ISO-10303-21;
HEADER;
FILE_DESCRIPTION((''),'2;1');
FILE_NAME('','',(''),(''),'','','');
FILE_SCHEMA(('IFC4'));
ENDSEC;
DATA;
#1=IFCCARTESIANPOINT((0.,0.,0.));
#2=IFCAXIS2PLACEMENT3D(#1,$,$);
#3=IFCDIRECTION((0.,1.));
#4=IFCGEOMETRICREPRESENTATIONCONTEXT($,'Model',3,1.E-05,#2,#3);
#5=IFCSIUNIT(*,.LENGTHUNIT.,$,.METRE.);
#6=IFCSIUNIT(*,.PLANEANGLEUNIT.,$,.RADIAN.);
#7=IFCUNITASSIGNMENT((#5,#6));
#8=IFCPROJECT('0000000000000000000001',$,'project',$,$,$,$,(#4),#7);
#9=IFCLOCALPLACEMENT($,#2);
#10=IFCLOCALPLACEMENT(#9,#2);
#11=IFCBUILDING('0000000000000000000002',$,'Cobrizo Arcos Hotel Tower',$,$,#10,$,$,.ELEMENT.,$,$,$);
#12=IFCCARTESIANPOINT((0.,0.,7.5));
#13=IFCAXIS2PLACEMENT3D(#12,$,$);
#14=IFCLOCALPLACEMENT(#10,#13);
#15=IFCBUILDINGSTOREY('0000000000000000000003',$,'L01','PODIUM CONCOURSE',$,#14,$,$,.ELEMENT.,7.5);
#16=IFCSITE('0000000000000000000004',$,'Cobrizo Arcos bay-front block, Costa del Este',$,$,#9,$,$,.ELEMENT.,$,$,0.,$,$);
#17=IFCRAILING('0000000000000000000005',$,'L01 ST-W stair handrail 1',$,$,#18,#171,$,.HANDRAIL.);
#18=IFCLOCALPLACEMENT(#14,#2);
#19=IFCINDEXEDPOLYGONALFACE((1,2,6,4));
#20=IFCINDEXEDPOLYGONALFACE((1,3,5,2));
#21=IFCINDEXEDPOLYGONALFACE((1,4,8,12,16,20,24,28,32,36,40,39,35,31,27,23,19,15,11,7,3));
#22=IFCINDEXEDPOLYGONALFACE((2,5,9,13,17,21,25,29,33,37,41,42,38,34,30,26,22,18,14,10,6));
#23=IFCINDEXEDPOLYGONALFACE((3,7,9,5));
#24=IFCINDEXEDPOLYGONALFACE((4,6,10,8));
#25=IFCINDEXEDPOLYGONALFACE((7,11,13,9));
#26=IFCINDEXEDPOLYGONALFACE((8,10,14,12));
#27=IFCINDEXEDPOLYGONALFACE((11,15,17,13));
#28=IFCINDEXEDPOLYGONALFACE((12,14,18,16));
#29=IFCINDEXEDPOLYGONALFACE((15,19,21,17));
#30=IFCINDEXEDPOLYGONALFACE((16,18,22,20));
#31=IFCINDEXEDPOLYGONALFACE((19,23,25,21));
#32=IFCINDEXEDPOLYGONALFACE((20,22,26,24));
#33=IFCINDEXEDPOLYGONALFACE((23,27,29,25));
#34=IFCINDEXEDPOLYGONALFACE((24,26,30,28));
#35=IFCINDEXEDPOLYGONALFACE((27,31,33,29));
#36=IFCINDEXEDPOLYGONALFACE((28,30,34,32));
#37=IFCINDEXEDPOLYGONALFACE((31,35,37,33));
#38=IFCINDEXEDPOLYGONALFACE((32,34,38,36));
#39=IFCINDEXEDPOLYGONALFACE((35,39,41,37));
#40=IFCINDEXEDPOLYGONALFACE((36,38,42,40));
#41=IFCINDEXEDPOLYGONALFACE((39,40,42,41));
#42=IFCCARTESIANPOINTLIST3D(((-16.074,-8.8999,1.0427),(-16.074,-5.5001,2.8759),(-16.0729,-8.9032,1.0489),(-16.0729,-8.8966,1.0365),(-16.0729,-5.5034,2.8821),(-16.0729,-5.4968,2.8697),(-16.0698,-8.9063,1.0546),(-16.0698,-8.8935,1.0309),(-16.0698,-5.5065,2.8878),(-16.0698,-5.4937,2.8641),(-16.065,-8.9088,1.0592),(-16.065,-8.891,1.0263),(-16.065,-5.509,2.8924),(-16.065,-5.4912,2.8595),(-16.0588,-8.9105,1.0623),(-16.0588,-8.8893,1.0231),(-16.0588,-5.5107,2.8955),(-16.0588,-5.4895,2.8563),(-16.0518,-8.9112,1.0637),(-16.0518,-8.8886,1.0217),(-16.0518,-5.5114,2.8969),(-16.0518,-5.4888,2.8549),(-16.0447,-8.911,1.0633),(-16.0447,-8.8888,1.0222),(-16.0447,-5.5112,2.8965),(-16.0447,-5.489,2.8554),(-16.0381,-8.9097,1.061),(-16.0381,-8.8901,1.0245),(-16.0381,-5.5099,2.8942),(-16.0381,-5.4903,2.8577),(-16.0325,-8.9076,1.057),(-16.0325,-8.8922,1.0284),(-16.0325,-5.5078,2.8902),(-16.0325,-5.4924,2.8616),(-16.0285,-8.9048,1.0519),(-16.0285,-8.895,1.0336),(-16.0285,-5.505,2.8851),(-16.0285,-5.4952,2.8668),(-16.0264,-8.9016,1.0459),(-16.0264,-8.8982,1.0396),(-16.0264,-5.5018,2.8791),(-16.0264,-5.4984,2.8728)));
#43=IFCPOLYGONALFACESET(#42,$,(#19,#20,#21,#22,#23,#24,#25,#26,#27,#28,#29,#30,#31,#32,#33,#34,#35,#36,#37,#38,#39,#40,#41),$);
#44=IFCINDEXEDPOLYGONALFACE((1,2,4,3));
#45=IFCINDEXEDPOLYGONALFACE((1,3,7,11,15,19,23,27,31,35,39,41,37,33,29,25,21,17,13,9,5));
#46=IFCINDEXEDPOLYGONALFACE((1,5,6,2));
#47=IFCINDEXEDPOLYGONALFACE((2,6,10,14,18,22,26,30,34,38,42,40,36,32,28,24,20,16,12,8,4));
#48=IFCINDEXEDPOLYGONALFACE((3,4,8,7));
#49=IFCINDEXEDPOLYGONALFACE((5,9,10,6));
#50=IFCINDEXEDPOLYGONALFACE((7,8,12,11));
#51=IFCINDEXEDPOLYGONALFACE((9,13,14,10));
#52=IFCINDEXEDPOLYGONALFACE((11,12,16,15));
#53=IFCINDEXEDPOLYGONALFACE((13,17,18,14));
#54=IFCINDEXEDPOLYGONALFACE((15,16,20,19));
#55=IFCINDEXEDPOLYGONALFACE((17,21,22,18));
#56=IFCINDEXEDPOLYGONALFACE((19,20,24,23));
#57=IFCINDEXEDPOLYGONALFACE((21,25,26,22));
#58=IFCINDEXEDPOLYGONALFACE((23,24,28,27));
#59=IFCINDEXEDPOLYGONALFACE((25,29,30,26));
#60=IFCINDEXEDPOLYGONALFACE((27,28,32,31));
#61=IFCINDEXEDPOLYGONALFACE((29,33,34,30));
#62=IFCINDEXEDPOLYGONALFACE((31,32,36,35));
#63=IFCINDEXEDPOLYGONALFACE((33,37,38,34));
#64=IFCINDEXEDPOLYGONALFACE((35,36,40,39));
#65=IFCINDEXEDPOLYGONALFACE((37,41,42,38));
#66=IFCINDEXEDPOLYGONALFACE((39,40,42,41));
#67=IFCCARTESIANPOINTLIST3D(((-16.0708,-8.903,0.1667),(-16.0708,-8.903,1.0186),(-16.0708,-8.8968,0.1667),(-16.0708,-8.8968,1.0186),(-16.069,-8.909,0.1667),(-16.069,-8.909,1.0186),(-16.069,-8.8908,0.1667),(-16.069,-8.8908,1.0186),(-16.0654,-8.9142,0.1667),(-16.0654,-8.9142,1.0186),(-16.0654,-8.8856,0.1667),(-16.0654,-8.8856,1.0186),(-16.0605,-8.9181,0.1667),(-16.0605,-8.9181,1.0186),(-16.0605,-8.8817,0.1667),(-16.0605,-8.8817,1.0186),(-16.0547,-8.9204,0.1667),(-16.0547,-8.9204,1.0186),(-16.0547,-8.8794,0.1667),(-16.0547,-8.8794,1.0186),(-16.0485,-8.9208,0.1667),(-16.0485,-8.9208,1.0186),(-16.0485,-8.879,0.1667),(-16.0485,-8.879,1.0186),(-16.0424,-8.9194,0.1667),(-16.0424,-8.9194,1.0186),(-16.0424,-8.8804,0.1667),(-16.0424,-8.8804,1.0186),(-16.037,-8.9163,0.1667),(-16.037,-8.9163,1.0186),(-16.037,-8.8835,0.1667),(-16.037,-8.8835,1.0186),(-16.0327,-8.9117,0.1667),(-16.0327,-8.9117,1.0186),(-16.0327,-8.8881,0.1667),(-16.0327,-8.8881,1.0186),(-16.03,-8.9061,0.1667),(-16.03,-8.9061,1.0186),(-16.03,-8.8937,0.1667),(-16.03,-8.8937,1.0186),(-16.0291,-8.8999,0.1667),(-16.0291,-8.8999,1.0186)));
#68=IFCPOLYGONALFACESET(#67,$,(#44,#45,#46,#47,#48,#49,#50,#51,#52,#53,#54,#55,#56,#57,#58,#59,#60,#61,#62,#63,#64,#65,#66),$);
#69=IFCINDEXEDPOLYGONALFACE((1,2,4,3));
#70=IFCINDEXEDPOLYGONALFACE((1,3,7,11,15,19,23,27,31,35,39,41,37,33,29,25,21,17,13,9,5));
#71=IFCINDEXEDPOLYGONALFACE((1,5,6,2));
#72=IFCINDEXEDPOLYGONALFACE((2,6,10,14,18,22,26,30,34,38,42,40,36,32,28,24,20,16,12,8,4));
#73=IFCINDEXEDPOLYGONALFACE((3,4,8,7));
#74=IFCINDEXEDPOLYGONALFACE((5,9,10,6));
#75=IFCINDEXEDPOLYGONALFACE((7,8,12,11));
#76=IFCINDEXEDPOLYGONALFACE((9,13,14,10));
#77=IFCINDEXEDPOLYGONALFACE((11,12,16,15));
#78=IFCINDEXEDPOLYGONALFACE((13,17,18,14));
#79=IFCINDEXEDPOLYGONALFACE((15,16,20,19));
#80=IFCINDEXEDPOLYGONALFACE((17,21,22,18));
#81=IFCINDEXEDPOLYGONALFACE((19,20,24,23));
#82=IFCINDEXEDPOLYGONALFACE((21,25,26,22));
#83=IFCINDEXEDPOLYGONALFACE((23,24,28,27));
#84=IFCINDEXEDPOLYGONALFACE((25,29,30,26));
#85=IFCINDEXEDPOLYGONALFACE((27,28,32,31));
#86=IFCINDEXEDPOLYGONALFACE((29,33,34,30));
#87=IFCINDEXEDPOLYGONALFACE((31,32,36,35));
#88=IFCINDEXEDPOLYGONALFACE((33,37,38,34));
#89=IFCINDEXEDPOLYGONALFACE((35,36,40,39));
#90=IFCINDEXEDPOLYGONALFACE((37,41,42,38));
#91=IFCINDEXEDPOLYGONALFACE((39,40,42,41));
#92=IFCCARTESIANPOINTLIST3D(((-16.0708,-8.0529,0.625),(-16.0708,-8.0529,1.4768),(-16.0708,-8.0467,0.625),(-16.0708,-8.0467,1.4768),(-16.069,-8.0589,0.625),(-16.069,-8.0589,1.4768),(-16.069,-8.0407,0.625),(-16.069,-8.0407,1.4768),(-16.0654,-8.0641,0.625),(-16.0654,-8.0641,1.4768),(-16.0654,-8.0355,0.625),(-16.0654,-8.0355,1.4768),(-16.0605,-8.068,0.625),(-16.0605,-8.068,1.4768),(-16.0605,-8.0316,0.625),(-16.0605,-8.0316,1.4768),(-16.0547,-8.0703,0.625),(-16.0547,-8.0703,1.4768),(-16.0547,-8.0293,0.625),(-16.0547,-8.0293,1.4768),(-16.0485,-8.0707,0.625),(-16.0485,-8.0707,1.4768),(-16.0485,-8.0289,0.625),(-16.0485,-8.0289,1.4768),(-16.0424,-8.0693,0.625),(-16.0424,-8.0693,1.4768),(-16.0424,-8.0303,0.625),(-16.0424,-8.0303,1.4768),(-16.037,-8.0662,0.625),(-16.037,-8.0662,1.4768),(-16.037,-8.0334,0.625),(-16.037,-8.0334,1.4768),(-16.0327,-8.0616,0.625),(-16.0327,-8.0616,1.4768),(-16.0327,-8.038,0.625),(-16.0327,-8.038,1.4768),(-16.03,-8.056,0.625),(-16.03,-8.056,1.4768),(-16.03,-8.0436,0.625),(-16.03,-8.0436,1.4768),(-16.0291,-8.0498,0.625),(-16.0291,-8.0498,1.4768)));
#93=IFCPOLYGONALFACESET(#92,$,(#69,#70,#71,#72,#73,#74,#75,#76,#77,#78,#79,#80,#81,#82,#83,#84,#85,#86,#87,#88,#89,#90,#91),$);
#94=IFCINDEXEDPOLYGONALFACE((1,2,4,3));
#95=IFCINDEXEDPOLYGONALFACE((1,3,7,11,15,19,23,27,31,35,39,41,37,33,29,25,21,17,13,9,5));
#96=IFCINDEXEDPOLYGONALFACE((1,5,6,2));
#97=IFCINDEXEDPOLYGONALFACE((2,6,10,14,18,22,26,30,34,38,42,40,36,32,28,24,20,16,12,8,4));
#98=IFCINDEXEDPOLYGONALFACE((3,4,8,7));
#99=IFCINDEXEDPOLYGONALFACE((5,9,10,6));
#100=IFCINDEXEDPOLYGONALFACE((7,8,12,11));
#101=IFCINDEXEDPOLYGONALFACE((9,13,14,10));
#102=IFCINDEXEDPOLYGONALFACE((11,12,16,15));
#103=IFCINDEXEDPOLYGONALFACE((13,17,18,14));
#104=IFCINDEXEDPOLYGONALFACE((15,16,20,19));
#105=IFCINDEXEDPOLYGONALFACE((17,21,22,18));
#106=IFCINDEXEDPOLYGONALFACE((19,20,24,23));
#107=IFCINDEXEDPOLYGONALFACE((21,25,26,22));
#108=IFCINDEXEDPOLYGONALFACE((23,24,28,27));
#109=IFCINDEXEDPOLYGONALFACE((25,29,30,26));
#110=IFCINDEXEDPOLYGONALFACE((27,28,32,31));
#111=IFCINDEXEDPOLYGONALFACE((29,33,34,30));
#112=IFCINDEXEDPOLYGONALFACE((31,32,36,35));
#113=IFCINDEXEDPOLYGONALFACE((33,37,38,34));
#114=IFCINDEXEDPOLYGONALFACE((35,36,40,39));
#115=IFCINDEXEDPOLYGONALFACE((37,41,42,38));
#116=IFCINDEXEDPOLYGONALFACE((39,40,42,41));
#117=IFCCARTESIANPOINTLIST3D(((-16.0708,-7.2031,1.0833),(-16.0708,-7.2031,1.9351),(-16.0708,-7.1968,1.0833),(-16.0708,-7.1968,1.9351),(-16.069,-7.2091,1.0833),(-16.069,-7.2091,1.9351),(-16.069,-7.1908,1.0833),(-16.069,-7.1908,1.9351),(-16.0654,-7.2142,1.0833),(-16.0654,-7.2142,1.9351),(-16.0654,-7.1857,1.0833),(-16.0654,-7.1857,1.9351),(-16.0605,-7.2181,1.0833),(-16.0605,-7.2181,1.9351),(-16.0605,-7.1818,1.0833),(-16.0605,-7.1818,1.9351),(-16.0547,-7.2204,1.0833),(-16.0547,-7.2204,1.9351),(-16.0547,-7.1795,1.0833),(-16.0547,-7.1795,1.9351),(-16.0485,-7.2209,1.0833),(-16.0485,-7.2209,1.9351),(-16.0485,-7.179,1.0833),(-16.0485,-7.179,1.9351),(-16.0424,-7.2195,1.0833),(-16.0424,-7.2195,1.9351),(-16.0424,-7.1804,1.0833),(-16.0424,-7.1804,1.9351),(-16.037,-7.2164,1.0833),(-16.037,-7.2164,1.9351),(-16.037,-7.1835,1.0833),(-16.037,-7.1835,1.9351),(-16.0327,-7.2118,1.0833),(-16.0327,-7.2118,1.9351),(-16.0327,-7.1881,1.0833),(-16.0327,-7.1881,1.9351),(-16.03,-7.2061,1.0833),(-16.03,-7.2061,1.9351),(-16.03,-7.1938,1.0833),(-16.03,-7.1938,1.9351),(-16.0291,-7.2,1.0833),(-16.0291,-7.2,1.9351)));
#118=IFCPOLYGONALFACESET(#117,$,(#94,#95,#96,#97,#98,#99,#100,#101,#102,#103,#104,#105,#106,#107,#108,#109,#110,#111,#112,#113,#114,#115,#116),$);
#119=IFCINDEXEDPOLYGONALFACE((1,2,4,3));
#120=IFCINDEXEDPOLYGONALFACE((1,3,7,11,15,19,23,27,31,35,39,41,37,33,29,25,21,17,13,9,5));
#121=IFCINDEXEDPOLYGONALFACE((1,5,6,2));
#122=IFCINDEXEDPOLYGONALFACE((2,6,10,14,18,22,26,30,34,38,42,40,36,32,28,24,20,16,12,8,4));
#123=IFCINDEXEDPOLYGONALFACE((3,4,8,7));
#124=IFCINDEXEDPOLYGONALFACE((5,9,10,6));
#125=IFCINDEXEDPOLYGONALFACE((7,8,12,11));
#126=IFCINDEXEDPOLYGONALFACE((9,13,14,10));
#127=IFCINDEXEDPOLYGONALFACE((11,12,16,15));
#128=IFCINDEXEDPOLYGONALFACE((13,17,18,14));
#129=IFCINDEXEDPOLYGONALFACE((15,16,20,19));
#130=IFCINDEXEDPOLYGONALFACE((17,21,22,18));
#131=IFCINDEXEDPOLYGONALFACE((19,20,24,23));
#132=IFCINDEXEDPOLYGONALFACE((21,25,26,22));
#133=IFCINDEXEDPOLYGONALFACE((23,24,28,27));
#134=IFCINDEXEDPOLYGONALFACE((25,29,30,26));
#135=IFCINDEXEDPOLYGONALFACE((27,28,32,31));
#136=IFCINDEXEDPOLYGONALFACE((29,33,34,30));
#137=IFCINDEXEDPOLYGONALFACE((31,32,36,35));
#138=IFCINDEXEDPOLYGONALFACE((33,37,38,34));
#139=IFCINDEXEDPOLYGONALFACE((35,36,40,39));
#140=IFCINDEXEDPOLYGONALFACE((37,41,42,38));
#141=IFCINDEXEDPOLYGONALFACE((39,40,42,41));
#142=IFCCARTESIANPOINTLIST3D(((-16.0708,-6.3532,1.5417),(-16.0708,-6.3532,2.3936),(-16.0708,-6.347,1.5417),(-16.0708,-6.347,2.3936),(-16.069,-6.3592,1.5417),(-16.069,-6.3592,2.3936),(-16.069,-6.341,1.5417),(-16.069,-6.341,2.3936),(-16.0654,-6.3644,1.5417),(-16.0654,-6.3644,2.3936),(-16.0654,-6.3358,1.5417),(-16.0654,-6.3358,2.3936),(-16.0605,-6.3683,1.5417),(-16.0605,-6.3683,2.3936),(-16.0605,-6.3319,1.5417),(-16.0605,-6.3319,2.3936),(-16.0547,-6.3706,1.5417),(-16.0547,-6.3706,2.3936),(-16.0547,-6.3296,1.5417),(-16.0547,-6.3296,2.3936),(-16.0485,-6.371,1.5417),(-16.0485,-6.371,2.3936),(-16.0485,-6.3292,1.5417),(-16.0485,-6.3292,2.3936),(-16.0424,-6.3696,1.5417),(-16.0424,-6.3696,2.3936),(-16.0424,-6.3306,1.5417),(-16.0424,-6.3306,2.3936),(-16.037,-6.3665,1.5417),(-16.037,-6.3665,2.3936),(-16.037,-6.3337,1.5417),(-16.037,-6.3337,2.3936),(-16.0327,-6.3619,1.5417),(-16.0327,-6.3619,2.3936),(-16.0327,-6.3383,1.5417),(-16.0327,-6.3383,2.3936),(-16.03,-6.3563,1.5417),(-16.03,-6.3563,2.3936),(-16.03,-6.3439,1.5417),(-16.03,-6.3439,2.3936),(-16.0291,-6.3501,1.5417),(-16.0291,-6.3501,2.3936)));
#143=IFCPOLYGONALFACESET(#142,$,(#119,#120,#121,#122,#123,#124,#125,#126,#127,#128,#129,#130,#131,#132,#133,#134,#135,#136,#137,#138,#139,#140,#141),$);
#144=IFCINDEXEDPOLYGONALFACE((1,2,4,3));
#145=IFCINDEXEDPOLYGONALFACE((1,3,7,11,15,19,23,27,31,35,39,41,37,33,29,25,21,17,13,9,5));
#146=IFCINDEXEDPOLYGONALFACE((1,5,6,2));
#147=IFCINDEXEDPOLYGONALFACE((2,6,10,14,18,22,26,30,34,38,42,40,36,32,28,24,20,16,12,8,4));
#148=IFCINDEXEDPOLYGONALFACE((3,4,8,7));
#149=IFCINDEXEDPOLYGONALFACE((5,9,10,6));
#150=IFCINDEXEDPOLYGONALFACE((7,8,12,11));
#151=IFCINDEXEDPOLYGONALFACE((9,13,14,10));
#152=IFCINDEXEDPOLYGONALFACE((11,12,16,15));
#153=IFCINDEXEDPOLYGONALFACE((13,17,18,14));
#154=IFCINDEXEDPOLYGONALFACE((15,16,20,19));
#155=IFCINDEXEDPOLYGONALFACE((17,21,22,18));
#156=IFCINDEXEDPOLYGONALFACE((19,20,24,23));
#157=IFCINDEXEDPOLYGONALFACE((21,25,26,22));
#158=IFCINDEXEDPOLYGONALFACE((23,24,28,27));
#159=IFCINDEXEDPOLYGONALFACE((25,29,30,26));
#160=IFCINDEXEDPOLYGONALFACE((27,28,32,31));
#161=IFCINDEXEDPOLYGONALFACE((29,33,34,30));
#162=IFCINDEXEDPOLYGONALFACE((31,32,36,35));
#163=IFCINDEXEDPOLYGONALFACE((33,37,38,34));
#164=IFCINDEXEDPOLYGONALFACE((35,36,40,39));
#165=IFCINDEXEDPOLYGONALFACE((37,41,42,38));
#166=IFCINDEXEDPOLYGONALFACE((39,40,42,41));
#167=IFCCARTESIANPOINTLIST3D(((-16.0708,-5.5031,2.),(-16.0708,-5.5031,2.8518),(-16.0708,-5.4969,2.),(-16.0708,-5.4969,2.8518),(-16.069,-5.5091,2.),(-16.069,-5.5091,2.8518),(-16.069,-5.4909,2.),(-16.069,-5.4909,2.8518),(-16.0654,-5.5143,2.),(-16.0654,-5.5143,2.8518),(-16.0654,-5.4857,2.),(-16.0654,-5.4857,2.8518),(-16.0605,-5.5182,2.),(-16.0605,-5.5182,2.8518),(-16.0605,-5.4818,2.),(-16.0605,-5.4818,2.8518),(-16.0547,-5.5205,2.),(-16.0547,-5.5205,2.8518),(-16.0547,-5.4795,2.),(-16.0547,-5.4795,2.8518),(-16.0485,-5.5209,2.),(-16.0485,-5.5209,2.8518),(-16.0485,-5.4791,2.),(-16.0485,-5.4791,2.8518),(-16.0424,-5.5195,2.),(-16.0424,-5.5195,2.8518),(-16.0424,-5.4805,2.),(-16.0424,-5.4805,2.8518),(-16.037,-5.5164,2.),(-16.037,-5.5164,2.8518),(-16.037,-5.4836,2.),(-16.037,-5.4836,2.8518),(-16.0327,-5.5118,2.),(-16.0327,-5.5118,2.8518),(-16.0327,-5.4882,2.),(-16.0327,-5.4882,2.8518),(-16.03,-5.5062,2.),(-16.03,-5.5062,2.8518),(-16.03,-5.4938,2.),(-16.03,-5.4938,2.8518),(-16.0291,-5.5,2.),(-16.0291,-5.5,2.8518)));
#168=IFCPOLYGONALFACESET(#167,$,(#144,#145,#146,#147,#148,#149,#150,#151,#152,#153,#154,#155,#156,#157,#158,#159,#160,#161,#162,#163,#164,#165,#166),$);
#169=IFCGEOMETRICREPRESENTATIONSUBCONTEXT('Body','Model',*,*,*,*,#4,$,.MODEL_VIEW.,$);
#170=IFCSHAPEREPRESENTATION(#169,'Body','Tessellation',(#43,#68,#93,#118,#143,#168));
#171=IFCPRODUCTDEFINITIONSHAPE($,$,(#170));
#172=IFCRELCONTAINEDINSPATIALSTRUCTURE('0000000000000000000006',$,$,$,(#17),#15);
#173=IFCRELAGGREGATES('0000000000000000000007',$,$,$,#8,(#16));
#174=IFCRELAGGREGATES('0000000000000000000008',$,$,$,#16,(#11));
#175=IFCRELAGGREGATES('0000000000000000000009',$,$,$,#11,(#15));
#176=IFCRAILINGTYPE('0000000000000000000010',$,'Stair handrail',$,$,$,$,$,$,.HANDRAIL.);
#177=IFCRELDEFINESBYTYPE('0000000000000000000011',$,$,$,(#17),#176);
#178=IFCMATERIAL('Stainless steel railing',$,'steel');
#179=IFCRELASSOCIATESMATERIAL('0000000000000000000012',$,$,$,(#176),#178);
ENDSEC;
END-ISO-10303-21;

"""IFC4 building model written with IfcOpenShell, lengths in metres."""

from ifc_helpers import new_model, si_unit, direction, frame, origin, origin_2d, place, context, subcontext, project, spatial, circle, extrude, material, type_object, element, save


model = new_model("IFC4")

# Units and contexts
model_context = context("Model", 3, precision=1e-05, world=origin(), true_north=direction((0.0, 1.0)))
body_context = subcontext(model_context, "Body", "Model", "MODEL_VIEW")
ifc_project = project(units=[si_unit("LENGTHUNIT", "METRE"), si_unit("PLANEANGLEUNIT", "RADIAN")], contexts=[model_context])

# Site, building, storey
site_placement = place(None, origin())
site = spatial("IfcSite", under=ifc_project, at=site_placement, Name="Cobrizo Arcos bay-front block, Costa del Este", CompositionType="ELEMENT", RefElevation=0.0)
building_placement = place(site_placement, origin())
building = spatial("IfcBuilding", under=site, at=building_placement, Name="Cobrizo Arcos Hotel Tower", CompositionType="ELEMENT")
storey_placement = place(building_placement, frame((0.0, 0.0, 7.5)))
storey = spatial("IfcBuildingStorey", under=building, at=storey_placement, Name="L01", Description="PODIUM CONCOURSE", CompositionType="ELEMENT", Elevation=7.5)

# Railing
ifc_material_1 = material(Name="Stainless steel railing", Category="steel")
railing_type = type_object("IfcRailingType", Name="Stair handrail", PredefinedType="HANDRAIL", material=ifc_material_1)
for number, where, name in (
    (1, (-16.05, -8.8999, 0.1667), "L01 ST-W stair handrail 1"),
):
    element("IfcRailing", number, at=place(storey_placement, frame(where)), inside=storey, type_object=railing_type, Name=name, PredefinedType="HANDRAIL", context=body_context, shape_type="SweptSolid", body=[
        extrude(circle(Radius=0.0239, at=origin_2d()), frame((0.0, 0.0, 0.876), z_axis=(0.0, 0.880197, 0.474609), x_axis=(-1.0, 0.0, 0.0)), (0.0, 0.0, 1.0), 3.8625),
        extrude(circle(Radius=0.021, at=origin_2d()), origin(), (0.0, 0.0, 1.0), 0.8518),
        extrude(circle(Radius=0.021, at=origin_2d()), frame((0.0, 0.8501, 0.4583)), (0.0, 0.0, 1.0), 0.8518),
        extrude(circle(Radius=0.021, at=origin_2d()), frame((0.0, 1.7, 0.9165)), (0.0, 0.0, 1.0), 0.8518),
        extrude(circle(Radius=0.021, at=origin_2d()), frame((0.0, 2.5498, 1.375)), (0.0, 0.0, 1.0), 0.8518),
        extrude(circle(Radius=0.021, at=origin_2d()), frame((0.0, 3.3999, 1.8333)), (0.0, 0.0, 1.0), 0.8518),
    ])

save(model, "model.ifc")
